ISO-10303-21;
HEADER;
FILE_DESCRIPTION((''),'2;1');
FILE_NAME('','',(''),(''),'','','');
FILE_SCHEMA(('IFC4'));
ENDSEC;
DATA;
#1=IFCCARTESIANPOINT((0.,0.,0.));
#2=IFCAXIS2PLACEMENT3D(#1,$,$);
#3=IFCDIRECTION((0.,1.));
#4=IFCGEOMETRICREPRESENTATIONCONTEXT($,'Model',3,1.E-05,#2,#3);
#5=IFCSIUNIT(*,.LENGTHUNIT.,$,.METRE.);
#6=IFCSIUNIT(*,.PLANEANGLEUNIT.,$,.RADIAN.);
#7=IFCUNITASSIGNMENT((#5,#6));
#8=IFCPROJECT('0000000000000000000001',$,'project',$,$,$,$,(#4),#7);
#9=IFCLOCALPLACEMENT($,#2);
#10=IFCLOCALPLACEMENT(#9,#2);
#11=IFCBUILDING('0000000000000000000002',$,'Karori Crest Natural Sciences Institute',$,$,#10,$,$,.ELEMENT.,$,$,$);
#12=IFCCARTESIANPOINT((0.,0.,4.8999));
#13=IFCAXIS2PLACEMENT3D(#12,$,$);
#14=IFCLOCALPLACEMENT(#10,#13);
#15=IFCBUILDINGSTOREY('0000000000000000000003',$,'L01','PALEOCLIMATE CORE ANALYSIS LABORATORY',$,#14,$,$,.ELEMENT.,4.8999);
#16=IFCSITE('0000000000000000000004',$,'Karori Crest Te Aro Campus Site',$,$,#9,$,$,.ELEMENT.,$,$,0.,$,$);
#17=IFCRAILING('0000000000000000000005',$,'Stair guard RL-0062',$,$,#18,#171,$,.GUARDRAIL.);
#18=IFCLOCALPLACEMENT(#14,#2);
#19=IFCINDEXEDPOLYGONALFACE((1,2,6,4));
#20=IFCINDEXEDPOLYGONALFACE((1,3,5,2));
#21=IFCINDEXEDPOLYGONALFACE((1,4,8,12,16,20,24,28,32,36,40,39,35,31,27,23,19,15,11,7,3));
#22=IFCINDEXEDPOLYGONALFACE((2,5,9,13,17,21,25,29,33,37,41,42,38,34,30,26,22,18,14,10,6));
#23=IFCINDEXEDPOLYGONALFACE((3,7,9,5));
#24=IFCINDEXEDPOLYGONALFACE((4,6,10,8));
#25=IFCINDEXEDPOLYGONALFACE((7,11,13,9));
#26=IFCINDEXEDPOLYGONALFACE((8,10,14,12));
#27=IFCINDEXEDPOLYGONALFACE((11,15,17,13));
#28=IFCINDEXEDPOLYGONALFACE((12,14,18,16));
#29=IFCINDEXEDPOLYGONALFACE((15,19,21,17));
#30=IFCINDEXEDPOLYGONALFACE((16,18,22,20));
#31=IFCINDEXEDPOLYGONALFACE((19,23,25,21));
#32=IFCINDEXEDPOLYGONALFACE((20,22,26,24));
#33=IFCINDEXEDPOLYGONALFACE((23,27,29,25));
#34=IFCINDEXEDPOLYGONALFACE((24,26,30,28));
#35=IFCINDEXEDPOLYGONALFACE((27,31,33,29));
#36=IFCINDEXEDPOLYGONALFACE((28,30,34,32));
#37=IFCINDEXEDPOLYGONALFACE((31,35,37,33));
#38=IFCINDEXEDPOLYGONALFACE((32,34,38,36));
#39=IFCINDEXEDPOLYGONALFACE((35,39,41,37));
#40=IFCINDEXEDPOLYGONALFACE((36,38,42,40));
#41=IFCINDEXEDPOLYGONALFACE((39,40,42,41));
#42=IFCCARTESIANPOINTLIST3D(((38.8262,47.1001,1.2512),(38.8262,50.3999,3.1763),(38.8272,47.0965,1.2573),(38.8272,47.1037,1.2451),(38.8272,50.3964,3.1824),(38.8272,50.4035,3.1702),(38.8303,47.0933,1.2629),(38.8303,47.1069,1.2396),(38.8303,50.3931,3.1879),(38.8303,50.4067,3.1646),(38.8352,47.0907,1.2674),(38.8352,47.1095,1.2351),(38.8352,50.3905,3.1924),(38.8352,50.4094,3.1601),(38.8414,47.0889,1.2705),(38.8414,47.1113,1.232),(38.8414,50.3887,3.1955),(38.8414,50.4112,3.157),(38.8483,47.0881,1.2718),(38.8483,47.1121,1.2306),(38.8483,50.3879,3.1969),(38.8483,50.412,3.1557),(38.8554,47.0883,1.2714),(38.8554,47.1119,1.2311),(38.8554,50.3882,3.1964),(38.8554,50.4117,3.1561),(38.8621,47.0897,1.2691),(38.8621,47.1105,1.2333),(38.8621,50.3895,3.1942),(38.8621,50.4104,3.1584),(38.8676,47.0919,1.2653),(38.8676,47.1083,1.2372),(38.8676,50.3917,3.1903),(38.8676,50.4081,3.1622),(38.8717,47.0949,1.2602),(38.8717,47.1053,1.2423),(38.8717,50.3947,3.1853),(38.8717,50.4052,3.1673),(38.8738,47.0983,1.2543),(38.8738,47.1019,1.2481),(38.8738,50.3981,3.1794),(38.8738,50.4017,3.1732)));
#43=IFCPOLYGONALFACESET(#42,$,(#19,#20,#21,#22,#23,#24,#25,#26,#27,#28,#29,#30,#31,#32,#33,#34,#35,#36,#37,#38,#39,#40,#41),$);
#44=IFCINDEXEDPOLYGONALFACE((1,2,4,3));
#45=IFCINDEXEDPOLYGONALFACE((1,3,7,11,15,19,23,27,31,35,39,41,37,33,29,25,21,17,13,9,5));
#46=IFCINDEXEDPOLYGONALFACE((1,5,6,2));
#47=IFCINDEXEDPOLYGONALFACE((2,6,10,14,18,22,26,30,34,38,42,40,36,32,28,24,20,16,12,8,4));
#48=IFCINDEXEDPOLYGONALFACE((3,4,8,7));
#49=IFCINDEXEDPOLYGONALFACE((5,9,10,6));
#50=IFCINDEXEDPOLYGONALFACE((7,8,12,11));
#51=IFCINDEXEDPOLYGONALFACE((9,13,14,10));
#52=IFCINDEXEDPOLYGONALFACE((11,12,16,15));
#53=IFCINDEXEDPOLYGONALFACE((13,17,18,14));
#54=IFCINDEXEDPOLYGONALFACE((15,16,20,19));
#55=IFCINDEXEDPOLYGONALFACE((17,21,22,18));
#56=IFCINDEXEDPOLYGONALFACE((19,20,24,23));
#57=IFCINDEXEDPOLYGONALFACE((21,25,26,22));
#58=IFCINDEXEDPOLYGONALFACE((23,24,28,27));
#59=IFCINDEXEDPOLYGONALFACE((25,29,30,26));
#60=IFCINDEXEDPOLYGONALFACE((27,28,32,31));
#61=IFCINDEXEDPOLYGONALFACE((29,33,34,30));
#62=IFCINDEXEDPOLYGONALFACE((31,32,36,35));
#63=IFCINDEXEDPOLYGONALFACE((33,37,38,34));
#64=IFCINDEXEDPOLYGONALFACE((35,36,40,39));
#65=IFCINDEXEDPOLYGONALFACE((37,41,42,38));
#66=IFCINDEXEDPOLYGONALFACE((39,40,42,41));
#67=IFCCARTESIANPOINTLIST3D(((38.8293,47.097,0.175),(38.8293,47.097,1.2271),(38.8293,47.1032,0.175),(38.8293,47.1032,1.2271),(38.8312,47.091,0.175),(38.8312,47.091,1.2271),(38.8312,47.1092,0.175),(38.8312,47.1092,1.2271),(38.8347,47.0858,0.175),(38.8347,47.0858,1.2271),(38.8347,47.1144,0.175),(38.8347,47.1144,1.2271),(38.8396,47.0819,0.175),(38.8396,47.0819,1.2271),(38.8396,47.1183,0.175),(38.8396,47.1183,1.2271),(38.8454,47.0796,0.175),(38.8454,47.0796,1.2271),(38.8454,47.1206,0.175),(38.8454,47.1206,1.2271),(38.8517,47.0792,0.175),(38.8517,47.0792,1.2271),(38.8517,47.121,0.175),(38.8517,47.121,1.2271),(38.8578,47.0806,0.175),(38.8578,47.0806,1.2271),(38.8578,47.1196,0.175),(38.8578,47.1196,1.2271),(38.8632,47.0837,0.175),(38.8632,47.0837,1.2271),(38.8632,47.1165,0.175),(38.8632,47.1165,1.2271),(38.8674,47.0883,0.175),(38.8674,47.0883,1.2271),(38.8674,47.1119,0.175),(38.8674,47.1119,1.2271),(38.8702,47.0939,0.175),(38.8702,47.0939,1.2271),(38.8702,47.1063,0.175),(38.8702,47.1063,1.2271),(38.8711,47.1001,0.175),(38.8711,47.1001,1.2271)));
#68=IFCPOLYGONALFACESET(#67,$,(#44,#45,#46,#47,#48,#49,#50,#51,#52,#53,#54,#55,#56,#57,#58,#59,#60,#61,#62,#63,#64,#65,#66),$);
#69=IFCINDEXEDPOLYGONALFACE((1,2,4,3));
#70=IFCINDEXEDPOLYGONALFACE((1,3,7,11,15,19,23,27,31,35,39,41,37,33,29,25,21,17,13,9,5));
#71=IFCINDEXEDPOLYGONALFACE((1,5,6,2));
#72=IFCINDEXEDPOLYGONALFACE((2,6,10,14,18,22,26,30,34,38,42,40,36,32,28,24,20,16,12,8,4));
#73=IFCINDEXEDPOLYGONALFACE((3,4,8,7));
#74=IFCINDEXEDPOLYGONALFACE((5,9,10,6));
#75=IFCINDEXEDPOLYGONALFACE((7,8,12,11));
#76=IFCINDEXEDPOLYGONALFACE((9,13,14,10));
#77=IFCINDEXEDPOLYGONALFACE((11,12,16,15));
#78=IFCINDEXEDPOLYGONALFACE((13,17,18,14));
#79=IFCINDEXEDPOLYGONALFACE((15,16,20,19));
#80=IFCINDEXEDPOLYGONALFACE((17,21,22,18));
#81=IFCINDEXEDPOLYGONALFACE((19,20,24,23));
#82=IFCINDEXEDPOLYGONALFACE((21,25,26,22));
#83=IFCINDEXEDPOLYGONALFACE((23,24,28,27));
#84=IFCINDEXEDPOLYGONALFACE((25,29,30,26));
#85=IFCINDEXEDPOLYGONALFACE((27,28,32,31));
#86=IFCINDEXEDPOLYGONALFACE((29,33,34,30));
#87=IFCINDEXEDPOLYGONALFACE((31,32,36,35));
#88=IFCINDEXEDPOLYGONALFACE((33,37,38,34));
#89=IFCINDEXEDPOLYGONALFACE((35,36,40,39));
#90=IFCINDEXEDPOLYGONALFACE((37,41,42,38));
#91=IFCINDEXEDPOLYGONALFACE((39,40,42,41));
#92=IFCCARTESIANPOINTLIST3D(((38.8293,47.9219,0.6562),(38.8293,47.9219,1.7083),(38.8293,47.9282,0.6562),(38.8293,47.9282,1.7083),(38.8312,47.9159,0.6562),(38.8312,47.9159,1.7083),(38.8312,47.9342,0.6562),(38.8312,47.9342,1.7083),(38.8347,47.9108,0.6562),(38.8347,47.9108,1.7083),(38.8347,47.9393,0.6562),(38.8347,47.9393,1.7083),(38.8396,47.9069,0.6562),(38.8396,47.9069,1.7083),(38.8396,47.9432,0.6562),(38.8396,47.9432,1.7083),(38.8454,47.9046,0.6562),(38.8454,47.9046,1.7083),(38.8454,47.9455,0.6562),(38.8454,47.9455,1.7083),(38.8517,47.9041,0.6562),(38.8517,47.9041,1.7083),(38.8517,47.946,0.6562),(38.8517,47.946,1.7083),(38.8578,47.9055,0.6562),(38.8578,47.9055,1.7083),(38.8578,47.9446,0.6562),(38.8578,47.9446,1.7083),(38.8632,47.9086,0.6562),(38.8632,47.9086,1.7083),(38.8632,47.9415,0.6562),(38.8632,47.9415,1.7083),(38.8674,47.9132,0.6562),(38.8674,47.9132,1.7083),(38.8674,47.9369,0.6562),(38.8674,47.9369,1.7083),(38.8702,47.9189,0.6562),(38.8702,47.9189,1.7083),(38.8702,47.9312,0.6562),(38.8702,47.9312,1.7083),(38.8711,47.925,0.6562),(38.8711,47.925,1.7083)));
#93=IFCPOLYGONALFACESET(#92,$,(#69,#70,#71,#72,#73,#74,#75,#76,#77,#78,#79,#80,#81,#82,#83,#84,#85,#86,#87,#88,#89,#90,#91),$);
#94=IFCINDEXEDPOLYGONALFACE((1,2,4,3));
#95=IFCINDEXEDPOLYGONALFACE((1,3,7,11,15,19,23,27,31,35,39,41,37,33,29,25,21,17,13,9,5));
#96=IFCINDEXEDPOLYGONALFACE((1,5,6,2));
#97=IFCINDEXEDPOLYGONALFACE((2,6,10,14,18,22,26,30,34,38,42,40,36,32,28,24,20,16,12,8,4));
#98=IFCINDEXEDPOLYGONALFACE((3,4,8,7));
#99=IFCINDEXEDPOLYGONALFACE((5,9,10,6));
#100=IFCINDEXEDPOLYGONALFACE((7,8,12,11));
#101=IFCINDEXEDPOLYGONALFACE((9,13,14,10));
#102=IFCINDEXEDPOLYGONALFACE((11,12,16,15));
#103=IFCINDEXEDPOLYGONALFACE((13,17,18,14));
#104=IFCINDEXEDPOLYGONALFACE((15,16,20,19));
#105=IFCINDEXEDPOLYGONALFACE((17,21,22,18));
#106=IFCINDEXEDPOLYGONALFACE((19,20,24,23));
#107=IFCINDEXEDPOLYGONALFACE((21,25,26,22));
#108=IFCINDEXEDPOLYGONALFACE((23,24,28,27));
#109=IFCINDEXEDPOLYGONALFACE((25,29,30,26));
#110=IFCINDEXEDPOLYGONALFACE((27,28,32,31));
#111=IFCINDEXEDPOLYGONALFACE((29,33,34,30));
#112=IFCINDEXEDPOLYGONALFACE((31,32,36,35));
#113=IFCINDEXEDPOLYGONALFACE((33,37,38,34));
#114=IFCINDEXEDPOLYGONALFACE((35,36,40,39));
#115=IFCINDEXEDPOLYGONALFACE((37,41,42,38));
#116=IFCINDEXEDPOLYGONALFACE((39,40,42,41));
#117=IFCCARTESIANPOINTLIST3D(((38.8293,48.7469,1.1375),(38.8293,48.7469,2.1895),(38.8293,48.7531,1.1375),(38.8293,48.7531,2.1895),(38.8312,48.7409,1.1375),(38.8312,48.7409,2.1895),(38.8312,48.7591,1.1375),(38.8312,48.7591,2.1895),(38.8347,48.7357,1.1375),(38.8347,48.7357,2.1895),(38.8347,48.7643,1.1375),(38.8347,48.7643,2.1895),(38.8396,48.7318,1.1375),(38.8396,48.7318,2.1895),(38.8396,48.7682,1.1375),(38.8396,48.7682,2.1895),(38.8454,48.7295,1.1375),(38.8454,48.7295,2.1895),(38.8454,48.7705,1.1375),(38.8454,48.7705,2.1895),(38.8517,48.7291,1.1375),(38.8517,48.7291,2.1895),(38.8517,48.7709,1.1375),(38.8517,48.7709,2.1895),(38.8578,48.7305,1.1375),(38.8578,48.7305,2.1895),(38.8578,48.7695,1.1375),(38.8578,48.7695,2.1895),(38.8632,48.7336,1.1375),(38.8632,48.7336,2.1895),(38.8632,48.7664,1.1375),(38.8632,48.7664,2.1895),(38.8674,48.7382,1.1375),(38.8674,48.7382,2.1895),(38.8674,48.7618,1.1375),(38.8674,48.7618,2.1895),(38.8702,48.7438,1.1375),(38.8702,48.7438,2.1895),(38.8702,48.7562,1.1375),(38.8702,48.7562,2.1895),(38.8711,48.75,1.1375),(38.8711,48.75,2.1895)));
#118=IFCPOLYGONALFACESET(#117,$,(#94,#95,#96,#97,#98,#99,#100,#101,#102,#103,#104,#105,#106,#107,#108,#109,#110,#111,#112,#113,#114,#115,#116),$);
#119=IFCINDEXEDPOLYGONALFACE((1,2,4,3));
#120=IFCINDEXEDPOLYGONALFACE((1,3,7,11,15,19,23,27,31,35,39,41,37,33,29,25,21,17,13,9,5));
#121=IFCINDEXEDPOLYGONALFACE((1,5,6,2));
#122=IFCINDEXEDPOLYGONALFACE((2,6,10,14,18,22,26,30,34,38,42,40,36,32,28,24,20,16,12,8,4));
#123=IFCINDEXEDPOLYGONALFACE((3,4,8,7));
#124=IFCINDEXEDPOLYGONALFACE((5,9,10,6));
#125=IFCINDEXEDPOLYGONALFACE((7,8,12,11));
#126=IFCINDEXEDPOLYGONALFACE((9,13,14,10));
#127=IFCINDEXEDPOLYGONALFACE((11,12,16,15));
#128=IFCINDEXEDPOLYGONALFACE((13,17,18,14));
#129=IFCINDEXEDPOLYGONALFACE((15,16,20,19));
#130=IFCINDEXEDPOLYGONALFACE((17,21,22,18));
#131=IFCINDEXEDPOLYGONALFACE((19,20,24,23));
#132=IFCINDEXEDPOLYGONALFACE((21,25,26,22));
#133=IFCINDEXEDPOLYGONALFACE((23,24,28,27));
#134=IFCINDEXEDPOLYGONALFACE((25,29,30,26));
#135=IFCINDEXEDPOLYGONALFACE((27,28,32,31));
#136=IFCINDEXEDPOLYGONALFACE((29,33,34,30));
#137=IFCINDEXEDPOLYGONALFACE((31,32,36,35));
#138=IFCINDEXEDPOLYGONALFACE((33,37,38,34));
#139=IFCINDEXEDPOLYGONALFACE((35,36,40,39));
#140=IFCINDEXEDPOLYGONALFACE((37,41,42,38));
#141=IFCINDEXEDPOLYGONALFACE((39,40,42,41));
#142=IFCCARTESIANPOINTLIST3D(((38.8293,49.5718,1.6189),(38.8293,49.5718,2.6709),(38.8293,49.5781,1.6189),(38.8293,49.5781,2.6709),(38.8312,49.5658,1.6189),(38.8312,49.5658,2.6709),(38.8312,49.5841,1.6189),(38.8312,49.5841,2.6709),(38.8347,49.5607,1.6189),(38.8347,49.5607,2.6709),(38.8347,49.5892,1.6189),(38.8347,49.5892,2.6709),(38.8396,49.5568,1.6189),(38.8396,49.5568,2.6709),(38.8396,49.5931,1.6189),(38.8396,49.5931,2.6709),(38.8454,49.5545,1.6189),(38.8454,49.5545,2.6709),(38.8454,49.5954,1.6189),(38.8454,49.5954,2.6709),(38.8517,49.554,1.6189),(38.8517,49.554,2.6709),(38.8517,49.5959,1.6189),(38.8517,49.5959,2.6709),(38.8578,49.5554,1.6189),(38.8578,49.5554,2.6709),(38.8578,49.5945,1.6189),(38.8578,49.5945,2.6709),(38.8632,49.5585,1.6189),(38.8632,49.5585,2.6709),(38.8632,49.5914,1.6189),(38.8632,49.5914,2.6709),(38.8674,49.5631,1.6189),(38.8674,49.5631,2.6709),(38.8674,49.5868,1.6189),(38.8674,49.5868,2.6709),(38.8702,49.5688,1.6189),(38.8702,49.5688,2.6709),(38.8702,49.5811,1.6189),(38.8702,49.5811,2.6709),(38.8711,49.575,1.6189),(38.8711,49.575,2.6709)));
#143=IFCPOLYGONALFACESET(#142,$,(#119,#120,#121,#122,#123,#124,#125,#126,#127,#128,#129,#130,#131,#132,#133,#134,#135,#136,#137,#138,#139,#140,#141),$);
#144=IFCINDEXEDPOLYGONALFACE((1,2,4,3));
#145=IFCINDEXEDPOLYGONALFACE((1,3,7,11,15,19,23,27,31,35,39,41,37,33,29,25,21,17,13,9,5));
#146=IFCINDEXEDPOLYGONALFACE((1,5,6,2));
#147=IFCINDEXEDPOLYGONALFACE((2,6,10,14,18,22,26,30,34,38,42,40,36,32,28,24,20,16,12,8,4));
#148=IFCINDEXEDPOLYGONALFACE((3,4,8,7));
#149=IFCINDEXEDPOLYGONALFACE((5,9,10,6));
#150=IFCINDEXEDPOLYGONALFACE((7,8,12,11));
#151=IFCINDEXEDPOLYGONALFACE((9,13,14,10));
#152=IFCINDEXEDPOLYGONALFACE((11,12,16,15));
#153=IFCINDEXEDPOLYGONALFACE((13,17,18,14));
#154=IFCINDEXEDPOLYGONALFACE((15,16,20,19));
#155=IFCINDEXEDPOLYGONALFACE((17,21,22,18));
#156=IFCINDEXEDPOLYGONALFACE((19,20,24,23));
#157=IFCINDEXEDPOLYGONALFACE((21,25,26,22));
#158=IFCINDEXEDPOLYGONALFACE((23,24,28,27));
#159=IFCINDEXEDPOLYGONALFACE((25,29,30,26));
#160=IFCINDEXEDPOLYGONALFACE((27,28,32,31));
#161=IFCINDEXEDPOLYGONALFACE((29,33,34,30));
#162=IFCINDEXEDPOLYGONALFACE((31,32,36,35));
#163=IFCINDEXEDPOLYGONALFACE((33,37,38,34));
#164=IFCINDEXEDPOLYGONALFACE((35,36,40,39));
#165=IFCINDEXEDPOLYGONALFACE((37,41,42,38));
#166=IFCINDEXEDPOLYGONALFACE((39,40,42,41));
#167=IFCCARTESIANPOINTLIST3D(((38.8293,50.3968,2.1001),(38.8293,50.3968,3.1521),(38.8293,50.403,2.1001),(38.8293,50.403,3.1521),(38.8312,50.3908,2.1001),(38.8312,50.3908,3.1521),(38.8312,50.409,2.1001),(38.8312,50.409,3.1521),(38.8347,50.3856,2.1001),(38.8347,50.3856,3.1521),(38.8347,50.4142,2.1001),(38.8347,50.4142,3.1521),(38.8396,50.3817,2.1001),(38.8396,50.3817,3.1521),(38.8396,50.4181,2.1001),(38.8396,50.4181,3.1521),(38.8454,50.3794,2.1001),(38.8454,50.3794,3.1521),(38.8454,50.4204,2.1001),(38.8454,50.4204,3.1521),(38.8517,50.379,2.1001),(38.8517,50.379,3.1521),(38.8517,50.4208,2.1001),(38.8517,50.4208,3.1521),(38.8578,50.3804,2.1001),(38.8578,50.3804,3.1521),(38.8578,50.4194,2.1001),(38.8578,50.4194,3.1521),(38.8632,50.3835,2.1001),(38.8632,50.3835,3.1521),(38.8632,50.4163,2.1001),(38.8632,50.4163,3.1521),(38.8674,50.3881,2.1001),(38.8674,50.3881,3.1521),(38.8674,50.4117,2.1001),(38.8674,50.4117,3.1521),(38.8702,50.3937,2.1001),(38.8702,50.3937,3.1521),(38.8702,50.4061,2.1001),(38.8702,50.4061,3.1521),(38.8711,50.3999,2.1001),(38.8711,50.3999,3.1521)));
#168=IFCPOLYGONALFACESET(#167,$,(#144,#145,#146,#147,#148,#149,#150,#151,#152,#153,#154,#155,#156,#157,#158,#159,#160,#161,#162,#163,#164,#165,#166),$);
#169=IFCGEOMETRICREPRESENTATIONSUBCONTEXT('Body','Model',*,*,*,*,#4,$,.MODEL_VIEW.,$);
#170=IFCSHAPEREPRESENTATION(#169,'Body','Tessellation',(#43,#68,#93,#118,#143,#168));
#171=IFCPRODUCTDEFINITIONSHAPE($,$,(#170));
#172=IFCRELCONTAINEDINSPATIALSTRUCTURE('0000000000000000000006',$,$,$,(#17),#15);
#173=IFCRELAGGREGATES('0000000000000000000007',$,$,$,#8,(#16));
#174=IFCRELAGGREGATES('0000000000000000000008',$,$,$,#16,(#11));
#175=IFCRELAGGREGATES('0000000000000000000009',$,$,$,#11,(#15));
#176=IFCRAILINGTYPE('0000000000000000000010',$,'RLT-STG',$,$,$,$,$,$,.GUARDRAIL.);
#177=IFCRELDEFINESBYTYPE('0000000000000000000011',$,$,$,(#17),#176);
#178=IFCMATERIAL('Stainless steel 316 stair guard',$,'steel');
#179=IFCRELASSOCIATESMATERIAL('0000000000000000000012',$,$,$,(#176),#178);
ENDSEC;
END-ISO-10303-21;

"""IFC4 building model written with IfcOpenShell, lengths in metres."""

from ifc_helpers import new_model, si_unit, direction, frame, origin, origin_2d, place, context, subcontext, project, spatial, circle, extrude, material, type_object, element, save


model = new_model("IFC4")

# Units and contexts
model_context = context("Model", 3, precision=1e-05, world=origin(), true_north=direction((0.0, 1.0)))
body_context = subcontext(model_context, "Body", "Model", "MODEL_VIEW")
ifc_project = project(units=[si_unit("LENGTHUNIT", "METRE"), si_unit("PLANEANGLEUNIT", "RADIAN")], contexts=[model_context])

# Site, building, storey
site_placement = place(None, origin())
site = spatial("IfcSite", under=ifc_project, at=site_placement, Name="Karori Crest Te Aro Campus Site", CompositionType="ELEMENT", RefElevation=0.0)
building_placement = place(site_placement, origin())
building = spatial("IfcBuilding", under=site, at=building_placement, Name="Karori Crest Natural Sciences Institute", CompositionType="ELEMENT")
storey_placement = place(building_placement, frame((0.0, 0.0, 4.8999)))
storey = spatial("IfcBuildingStorey", under=building, at=storey_placement, Name="L01", Description="PALEOCLIMATE CORE ANALYSIS LABORATORY", CompositionType="ELEMENT", Elevation=4.8999)

# Railing
ifc_material_1 = material(Name="Stainless steel 316 stair guard", Category="steel")
railing_type_1 = type_object("IfcRailingType", Name="RLT-STG", PredefinedType="GUARDRAIL", material=ifc_material_1)
railing_1_placement = place(storey_placement, frame((38.8501, 47.1001, 0.175)))
element("IfcRailing", 1, at=railing_1_placement, inside=storey, type_object=railing_type_1, Name="Stair guard RL-0062", PredefinedType="GUARDRAIL", context=body_context, shape_type="SweptSolid", body=[
    extrude(circle(Radius=0.0239, at=origin_2d()), frame((0.0, 0.0, 1.0762), z_axis=(0.0, 0.86376, 0.503903), x_axis=(-1.0, 0.0, 0.0)), (0.0, 0.0, 1.0), 3.8203),
    extrude(circle(Radius=0.021, at=origin_2d()), origin(), (0.0, 0.0, 1.0), 1.052),
    extrude(circle(Radius=0.021, at=origin_2d()), frame((0.0, 0.825, 0.4812)), (0.0, 0.0, 1.0), 1.052),
    extrude(circle(Radius=0.021, at=origin_2d()), frame((0.0, 1.6499, 0.9624)), (0.0, 0.0, 1.0), 1.052),
    extrude(circle(Radius=0.021, at=origin_2d()), frame((0.0, 2.4749, 1.4438)), (0.0, 0.0, 1.0), 1.052),
    extrude(circle(Radius=0.021, at=origin_2d()), frame((0.0, 3.2998, 1.925)), (0.0, 0.0, 1.0), 1.052),
])

save(model, "model.ifc")
